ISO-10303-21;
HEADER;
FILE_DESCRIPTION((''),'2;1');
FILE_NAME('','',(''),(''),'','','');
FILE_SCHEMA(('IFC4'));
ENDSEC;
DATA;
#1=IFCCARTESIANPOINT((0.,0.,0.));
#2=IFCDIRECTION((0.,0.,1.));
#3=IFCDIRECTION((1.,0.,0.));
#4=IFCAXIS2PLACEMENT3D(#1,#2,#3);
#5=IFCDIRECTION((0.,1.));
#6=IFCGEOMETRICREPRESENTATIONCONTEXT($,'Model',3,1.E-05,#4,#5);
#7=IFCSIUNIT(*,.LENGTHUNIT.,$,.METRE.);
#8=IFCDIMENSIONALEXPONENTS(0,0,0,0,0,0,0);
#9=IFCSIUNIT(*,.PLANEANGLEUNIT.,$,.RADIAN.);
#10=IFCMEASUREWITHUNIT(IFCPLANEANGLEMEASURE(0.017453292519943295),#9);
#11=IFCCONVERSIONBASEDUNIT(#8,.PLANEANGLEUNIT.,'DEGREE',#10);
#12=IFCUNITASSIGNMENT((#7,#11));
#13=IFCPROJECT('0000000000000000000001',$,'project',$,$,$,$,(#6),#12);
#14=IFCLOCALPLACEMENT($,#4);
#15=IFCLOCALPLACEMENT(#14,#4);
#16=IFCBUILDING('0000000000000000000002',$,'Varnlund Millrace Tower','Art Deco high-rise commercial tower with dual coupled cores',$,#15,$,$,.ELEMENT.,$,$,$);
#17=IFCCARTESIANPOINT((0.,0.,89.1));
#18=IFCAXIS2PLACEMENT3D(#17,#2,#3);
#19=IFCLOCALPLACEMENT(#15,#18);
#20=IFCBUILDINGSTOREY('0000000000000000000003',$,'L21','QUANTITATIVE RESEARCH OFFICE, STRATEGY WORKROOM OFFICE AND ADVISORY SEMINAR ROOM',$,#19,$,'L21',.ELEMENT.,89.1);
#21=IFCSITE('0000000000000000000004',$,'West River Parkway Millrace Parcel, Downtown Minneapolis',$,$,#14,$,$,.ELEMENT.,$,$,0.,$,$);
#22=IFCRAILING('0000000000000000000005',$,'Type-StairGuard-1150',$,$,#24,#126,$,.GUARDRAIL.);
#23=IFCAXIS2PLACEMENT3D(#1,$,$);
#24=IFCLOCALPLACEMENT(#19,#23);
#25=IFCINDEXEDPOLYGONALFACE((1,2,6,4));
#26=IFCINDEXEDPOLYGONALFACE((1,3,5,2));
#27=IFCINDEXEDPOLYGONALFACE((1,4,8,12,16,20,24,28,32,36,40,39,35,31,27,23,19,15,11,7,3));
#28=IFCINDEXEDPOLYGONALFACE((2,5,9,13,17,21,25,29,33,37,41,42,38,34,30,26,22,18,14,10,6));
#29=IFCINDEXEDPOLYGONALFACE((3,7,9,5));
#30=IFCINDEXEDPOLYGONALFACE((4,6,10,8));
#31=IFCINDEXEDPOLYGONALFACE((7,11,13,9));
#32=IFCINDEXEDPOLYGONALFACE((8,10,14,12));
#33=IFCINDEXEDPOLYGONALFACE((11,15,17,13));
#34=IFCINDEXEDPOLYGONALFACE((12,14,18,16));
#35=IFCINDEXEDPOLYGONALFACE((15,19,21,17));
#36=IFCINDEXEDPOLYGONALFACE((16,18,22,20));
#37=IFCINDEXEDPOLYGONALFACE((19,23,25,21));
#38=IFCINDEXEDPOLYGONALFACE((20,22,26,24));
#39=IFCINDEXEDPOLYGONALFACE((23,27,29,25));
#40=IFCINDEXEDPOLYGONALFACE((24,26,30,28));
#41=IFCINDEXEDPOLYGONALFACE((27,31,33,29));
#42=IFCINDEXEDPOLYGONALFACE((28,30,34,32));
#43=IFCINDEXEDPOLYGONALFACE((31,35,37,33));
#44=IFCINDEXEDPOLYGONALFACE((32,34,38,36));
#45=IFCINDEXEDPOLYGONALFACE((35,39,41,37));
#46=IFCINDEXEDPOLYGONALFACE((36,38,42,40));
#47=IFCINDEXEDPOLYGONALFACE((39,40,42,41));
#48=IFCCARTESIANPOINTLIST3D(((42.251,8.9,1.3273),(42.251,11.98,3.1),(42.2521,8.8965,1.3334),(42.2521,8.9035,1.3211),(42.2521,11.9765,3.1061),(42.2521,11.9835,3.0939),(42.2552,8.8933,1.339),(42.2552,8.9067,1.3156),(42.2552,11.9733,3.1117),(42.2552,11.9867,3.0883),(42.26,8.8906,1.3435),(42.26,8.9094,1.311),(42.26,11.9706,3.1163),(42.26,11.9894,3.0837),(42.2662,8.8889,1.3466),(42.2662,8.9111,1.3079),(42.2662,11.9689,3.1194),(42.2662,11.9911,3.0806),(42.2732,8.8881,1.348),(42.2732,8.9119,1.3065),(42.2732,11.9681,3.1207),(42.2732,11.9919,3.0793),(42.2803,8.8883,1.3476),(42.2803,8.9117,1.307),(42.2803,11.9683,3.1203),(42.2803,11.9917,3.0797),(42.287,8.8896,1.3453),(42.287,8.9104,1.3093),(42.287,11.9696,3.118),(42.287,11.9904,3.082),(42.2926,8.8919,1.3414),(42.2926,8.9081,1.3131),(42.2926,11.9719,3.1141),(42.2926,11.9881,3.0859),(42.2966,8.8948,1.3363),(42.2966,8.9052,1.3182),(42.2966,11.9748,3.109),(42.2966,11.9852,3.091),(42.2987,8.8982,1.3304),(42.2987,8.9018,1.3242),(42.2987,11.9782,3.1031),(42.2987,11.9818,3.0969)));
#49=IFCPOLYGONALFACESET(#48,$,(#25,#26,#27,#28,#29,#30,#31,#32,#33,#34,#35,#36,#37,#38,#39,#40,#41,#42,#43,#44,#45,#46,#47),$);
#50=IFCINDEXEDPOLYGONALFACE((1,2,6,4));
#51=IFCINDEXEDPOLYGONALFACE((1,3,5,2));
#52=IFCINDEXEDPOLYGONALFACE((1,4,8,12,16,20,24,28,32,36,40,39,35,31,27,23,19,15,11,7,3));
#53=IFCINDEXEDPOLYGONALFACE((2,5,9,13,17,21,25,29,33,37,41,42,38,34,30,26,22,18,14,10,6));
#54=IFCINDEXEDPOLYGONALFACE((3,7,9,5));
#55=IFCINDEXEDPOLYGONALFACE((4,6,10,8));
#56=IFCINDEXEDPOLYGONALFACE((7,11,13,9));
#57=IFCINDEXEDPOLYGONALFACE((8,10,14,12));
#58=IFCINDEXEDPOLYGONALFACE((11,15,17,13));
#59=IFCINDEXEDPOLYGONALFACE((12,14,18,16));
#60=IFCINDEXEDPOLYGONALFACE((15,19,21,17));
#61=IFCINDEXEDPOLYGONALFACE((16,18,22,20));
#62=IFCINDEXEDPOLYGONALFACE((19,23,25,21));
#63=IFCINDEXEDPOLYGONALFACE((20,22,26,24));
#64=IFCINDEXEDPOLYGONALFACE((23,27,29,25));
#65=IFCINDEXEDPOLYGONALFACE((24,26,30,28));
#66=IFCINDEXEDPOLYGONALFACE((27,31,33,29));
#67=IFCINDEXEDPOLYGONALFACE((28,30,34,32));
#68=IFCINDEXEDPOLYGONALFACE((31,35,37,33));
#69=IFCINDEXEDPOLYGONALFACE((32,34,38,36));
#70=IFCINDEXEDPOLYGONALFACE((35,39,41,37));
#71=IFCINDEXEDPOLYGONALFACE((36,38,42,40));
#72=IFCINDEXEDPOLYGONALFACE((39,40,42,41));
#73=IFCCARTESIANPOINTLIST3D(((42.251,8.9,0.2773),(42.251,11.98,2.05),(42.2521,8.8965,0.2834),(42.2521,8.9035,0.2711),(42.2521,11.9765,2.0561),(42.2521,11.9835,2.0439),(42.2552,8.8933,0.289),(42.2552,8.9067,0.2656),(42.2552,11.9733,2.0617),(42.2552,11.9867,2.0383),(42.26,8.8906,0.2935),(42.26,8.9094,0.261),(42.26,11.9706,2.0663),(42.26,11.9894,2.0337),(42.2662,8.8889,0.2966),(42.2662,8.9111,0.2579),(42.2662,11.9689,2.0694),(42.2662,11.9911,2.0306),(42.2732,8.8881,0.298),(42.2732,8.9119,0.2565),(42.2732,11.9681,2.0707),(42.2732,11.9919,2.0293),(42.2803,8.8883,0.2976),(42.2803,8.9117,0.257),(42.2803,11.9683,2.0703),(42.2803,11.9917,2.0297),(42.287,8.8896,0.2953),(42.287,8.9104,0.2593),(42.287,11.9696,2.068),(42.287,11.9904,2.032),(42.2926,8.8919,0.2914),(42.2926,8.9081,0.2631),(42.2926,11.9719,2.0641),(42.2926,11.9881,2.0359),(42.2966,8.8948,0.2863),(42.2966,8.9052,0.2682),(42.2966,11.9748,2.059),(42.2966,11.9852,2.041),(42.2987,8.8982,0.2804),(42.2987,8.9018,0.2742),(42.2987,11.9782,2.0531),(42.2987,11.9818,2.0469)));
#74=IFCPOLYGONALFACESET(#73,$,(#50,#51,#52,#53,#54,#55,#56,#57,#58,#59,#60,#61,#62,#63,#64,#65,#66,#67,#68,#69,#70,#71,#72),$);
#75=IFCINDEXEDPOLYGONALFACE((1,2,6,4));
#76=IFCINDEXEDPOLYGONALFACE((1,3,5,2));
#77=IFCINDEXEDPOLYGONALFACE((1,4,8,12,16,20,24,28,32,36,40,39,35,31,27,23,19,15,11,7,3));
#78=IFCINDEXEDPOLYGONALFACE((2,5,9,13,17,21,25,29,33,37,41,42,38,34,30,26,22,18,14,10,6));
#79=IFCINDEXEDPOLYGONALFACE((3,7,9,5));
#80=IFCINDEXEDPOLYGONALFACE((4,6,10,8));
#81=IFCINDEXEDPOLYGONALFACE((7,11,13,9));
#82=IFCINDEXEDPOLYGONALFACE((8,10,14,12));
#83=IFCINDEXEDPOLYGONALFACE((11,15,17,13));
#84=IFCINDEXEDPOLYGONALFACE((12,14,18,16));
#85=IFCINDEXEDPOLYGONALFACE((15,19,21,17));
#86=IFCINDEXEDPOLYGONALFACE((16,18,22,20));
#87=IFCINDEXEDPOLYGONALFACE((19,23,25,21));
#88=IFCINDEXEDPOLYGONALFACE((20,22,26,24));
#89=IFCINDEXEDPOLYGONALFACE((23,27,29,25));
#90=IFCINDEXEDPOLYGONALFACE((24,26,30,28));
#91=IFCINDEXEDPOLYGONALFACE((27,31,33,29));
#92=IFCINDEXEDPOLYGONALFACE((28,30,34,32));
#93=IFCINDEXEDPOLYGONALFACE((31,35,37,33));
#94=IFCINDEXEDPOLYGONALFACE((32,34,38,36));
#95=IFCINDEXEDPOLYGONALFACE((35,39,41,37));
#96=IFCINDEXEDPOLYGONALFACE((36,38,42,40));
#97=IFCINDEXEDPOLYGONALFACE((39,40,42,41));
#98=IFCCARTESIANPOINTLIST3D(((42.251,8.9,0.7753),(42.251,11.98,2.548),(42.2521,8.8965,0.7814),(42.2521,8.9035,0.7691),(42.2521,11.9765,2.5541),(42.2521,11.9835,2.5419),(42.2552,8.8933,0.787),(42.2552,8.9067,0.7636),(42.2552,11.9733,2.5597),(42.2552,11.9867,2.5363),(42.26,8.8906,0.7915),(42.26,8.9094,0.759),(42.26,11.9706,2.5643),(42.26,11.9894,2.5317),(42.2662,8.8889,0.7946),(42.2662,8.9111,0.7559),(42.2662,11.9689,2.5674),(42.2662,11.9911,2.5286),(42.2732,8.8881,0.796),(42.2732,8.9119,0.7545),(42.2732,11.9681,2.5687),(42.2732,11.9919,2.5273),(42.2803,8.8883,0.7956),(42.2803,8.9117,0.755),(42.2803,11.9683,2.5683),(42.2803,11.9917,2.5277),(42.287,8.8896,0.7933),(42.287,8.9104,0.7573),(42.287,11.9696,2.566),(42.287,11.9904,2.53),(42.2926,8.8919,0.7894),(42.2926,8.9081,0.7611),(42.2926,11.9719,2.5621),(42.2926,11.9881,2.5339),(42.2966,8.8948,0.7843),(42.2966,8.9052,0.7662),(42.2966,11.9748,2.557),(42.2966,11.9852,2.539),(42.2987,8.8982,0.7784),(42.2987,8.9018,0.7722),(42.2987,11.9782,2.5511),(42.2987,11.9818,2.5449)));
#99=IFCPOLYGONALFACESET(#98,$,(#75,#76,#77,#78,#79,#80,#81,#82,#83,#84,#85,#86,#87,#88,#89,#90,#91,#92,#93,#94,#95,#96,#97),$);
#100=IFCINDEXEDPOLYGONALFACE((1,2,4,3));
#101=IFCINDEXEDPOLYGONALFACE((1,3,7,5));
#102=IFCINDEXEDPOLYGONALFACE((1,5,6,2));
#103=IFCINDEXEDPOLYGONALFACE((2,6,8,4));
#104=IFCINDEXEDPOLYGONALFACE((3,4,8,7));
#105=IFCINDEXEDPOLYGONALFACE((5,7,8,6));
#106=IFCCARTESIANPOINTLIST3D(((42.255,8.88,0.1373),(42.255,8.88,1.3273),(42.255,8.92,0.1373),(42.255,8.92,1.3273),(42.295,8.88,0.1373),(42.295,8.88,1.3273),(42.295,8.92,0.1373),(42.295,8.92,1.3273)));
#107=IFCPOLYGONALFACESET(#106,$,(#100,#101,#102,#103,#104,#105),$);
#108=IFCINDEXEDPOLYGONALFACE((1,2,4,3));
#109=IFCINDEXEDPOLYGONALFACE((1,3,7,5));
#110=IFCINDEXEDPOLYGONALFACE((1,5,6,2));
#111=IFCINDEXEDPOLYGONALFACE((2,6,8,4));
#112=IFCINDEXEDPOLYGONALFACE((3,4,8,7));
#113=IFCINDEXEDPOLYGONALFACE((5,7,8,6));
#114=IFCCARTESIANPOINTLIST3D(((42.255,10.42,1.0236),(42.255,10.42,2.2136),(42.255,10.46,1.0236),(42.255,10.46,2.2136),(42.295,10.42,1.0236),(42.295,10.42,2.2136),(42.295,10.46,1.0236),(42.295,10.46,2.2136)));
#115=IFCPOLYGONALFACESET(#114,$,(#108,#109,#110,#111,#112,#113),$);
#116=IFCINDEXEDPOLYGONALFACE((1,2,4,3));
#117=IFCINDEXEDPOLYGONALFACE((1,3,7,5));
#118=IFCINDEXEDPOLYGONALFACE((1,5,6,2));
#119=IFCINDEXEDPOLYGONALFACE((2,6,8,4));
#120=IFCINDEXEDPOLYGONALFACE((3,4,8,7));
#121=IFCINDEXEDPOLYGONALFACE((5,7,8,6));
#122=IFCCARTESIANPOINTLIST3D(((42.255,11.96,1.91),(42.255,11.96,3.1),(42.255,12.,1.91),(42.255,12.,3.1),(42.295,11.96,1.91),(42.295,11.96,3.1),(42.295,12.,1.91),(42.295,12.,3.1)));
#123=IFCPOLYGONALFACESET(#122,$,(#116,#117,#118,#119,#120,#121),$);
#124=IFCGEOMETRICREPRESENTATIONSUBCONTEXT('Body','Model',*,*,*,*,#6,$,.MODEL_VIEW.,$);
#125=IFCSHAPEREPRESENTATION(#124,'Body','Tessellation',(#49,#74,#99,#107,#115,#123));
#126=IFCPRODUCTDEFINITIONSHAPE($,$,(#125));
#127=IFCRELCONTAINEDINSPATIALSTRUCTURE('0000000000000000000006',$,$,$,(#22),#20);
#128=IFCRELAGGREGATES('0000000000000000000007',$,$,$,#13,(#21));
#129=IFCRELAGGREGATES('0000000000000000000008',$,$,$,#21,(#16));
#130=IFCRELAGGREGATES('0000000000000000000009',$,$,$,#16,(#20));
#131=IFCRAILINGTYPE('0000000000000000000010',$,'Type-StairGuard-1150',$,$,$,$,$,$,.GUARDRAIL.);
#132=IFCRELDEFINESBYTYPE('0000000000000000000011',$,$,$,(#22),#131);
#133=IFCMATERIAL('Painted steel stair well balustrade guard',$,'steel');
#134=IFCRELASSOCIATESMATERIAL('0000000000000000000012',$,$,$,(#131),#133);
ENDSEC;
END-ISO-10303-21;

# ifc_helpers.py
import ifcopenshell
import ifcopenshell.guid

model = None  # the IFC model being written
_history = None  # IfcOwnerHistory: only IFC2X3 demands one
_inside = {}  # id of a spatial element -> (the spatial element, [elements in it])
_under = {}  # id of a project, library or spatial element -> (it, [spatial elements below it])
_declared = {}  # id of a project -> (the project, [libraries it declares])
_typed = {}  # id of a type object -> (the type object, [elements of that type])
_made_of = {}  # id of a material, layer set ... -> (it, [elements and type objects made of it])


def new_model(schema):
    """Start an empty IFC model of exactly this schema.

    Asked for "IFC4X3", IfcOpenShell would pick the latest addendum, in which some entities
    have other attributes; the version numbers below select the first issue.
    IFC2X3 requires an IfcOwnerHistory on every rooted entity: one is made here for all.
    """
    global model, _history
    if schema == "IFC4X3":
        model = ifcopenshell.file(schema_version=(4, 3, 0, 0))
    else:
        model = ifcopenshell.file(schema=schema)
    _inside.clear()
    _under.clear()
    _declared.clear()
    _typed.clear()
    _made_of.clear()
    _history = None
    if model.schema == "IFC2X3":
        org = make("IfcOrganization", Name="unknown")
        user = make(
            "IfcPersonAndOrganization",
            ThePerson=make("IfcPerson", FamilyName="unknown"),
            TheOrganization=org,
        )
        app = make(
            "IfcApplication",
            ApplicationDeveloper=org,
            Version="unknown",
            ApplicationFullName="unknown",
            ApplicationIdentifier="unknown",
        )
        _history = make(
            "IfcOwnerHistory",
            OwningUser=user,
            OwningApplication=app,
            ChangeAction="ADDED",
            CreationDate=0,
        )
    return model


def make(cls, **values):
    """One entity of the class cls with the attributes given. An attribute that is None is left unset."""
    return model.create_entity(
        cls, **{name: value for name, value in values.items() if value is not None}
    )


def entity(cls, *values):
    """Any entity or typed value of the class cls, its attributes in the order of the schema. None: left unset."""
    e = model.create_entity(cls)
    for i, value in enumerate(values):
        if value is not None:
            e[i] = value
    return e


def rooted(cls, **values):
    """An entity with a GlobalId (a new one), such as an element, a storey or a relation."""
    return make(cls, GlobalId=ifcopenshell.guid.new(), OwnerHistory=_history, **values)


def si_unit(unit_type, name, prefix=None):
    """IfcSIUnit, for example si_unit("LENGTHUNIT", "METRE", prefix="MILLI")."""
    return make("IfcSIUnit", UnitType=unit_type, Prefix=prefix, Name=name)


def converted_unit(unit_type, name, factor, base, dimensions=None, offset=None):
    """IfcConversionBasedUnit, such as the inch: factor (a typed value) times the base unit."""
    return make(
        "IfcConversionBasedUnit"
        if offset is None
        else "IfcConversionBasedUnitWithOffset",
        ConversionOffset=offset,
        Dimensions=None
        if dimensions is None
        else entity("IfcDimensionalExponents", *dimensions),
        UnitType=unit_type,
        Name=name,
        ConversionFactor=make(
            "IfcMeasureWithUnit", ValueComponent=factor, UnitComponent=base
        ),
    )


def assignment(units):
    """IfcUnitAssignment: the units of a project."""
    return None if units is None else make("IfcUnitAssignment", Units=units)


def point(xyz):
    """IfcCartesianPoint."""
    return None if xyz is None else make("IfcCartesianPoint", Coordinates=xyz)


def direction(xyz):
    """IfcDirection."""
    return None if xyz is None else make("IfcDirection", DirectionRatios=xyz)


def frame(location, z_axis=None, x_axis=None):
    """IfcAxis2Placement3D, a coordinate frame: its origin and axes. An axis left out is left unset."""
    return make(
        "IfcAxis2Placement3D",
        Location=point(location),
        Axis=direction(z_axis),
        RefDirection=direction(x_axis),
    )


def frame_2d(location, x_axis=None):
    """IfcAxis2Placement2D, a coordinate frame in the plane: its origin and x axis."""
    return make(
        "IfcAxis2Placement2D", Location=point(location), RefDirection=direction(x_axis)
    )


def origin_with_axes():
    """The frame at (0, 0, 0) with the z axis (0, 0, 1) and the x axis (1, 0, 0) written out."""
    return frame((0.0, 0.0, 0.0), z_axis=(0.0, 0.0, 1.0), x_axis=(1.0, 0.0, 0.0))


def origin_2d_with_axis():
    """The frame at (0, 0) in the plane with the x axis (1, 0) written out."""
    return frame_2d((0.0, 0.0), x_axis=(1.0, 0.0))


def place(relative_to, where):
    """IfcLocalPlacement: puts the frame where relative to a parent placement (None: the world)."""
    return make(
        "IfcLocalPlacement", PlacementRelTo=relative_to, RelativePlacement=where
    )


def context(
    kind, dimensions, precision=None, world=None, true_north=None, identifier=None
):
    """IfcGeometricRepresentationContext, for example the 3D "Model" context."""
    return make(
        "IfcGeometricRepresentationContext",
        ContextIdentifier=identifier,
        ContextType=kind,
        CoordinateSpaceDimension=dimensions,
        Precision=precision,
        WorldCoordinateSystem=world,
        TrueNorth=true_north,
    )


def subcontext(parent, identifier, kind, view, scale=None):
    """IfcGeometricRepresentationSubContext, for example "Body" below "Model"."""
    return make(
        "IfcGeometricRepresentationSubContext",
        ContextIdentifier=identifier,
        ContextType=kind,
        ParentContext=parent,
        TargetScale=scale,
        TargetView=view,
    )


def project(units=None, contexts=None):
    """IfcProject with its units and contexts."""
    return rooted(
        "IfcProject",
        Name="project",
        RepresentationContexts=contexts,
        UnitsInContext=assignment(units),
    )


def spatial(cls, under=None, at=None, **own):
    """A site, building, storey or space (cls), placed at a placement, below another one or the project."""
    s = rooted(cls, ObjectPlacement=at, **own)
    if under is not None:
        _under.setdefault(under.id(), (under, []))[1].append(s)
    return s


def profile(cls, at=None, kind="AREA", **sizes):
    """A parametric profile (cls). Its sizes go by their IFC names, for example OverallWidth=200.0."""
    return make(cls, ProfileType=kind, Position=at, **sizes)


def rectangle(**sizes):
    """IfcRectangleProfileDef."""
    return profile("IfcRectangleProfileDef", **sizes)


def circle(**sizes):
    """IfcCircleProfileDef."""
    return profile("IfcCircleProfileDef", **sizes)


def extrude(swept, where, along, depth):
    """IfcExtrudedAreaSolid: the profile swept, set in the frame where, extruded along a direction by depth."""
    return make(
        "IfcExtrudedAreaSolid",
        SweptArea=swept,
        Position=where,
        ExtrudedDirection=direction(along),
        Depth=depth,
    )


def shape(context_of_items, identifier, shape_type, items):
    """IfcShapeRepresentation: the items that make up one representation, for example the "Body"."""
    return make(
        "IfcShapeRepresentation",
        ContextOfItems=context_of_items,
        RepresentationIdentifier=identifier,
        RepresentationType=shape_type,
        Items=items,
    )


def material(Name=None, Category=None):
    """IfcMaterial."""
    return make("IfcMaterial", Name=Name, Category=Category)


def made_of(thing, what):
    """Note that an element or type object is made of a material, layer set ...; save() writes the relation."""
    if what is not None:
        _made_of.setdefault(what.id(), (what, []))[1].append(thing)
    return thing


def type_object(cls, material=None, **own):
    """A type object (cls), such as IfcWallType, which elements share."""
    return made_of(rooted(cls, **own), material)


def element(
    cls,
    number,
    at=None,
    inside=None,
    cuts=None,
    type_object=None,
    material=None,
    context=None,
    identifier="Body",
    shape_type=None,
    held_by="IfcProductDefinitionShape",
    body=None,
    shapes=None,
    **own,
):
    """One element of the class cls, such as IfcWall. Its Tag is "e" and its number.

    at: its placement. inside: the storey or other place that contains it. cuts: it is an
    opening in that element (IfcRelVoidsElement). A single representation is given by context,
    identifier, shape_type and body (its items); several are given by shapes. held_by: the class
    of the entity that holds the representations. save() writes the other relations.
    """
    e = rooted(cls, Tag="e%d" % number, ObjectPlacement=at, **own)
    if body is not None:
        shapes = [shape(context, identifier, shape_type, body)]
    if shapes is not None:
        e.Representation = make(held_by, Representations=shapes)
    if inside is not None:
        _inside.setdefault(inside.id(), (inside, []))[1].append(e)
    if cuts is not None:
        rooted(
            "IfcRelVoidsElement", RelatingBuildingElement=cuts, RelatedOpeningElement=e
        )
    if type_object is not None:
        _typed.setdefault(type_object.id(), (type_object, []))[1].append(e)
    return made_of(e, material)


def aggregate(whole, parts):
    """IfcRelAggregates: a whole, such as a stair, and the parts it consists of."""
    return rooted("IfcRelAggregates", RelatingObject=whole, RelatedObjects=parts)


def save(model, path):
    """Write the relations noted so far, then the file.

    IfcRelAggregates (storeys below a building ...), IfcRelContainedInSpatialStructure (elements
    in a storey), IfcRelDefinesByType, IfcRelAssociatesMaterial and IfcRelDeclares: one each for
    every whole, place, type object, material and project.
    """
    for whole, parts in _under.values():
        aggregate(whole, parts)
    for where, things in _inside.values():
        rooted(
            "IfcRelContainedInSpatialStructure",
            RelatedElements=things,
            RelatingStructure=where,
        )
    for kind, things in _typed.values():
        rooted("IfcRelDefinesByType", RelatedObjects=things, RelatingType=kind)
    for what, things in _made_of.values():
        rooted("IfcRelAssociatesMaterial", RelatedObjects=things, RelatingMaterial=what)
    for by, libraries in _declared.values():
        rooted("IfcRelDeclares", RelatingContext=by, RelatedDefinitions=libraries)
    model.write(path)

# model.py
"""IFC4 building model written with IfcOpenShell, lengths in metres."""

from ifc_helpers import new_model, entity, si_unit, converted_unit, direction, frame, origin_with_axes, origin_2d_with_axis, place, context, subcontext, project, spatial, rectangle, circle, extrude, material, type_object, element, save


model = new_model("IFC4")

# Units and contexts
model_context = context("Model", 3, precision=1e-05, world=origin_with_axes(), true_north=direction((0.0, 1.0)))
body_context = subcontext(model_context, "Body", "Model", "MODEL_VIEW")
ifc_project = project(units=[si_unit("LENGTHUNIT", "METRE"), converted_unit("PLANEANGLEUNIT", "DEGREE", entity("IfcPlaneAngleMeasure", 0.017453292519943295), si_unit("PLANEANGLEUNIT", "RADIAN"), dimensions=[0, 0, 0, 0, 0, 0, 0])], contexts=[model_context])

# Site, building, storey
site_placement = place(None, origin_with_axes())
site = spatial("IfcSite", under=ifc_project, at=site_placement, Name="West River Parkway Millrace Parcel, Downtown Minneapolis", CompositionType="ELEMENT", RefElevation=0.0)
building_placement = place(site_placement, origin_with_axes())
building = spatial("IfcBuilding", under=site, at=building_placement, Name="Varnlund Millrace Tower", Description="Art Deco high-rise commercial tower with dual coupled cores", CompositionType="ELEMENT")
storey_placement = place(building_placement, frame((0.0, 0.0, 89.1), z_axis=(0.0, 0.0, 1.0), x_axis=(1.0, 0.0, 0.0)))
storey = spatial("IfcBuildingStorey", under=building, at=storey_placement, Name="L21", Description="QUANTITATIVE RESEARCH OFFICE, STRATEGY WORKROOM OFFICE AND ADVISORY SEMINAR ROOM", LongName="L21", CompositionType="ELEMENT", Elevation=89.1)

# Railing
ifc_material_1 = material(Name="Painted steel stair well balustrade guard", Category="steel")
railing_type_1 = type_object("IfcRailingType", Name="Type-StairGuard-1150", PredefinedType="GUARDRAIL", material=ifc_material_1)
railing_1_placement = place(storey_placement, frame((0.0, 0.0, -89.1), z_axis=(0.0, 0.0, 1.0), x_axis=(1.0, 0.0, 0.0)))
element("IfcRailing", 1, at=railing_1_placement, inside=storey, type_object=railing_type_1, Name="Type-StairGuard-1150", PredefinedType="GUARDRAIL", context=body_context, shape_type="SweptSolid", body=[
    extrude(circle(Radius=0.024, at=origin_2d_with_axis()), frame((42.275, 8.9, 90.4273), z_axis=(0.0, 0.866696, 0.498836), x_axis=(-1.0, 0.0, 0.0)), (0.0, 0.0, 1.0), 3.5537),
    extrude(circle(Radius=0.024, at=origin_2d_with_axis()), frame((42.275, 8.9, 89.3773), z_axis=(0.0, 0.866696, 0.498836), x_axis=(-1.0, 0.0, 0.0)), (0.0, 0.0, 1.0), 3.5537),
    extrude(circle(Radius=0.024, at=origin_2d_with_axis()), frame((42.275, 8.9, 89.8753), z_axis=(0.0, 0.866696, 0.498836), x_axis=(-1.0, 0.0, 0.0)), (0.0, 0.0, 1.0), 3.5537),
    extrude(rectangle(XDim=0.04, YDim=0.04, at=origin_2d_with_axis()), frame((42.275, 8.9, 89.2373), z_axis=(0.0, 0.0, 1.0), x_axis=(1.0, 0.0, 0.0)), (0.0, 0.0, 1.0), 1.19),
    extrude(rectangle(XDim=0.04, YDim=0.04, at=origin_2d_with_axis()), frame((42.275, 10.44, 90.1236), z_axis=(0.0, 0.0, 1.0), x_axis=(1.0, 0.0, 0.0)), (0.0, 0.0, 1.0), 1.19),
    extrude(rectangle(XDim=0.04, YDim=0.04, at=origin_2d_with_axis()), frame((42.275, 11.98, 91.01), z_axis=(0.0, 0.0, 1.0), x_axis=(1.0, 0.0, 0.0)), (0.0, 0.0, 1.0), 1.19),
])

save(model, "model.ifc")
